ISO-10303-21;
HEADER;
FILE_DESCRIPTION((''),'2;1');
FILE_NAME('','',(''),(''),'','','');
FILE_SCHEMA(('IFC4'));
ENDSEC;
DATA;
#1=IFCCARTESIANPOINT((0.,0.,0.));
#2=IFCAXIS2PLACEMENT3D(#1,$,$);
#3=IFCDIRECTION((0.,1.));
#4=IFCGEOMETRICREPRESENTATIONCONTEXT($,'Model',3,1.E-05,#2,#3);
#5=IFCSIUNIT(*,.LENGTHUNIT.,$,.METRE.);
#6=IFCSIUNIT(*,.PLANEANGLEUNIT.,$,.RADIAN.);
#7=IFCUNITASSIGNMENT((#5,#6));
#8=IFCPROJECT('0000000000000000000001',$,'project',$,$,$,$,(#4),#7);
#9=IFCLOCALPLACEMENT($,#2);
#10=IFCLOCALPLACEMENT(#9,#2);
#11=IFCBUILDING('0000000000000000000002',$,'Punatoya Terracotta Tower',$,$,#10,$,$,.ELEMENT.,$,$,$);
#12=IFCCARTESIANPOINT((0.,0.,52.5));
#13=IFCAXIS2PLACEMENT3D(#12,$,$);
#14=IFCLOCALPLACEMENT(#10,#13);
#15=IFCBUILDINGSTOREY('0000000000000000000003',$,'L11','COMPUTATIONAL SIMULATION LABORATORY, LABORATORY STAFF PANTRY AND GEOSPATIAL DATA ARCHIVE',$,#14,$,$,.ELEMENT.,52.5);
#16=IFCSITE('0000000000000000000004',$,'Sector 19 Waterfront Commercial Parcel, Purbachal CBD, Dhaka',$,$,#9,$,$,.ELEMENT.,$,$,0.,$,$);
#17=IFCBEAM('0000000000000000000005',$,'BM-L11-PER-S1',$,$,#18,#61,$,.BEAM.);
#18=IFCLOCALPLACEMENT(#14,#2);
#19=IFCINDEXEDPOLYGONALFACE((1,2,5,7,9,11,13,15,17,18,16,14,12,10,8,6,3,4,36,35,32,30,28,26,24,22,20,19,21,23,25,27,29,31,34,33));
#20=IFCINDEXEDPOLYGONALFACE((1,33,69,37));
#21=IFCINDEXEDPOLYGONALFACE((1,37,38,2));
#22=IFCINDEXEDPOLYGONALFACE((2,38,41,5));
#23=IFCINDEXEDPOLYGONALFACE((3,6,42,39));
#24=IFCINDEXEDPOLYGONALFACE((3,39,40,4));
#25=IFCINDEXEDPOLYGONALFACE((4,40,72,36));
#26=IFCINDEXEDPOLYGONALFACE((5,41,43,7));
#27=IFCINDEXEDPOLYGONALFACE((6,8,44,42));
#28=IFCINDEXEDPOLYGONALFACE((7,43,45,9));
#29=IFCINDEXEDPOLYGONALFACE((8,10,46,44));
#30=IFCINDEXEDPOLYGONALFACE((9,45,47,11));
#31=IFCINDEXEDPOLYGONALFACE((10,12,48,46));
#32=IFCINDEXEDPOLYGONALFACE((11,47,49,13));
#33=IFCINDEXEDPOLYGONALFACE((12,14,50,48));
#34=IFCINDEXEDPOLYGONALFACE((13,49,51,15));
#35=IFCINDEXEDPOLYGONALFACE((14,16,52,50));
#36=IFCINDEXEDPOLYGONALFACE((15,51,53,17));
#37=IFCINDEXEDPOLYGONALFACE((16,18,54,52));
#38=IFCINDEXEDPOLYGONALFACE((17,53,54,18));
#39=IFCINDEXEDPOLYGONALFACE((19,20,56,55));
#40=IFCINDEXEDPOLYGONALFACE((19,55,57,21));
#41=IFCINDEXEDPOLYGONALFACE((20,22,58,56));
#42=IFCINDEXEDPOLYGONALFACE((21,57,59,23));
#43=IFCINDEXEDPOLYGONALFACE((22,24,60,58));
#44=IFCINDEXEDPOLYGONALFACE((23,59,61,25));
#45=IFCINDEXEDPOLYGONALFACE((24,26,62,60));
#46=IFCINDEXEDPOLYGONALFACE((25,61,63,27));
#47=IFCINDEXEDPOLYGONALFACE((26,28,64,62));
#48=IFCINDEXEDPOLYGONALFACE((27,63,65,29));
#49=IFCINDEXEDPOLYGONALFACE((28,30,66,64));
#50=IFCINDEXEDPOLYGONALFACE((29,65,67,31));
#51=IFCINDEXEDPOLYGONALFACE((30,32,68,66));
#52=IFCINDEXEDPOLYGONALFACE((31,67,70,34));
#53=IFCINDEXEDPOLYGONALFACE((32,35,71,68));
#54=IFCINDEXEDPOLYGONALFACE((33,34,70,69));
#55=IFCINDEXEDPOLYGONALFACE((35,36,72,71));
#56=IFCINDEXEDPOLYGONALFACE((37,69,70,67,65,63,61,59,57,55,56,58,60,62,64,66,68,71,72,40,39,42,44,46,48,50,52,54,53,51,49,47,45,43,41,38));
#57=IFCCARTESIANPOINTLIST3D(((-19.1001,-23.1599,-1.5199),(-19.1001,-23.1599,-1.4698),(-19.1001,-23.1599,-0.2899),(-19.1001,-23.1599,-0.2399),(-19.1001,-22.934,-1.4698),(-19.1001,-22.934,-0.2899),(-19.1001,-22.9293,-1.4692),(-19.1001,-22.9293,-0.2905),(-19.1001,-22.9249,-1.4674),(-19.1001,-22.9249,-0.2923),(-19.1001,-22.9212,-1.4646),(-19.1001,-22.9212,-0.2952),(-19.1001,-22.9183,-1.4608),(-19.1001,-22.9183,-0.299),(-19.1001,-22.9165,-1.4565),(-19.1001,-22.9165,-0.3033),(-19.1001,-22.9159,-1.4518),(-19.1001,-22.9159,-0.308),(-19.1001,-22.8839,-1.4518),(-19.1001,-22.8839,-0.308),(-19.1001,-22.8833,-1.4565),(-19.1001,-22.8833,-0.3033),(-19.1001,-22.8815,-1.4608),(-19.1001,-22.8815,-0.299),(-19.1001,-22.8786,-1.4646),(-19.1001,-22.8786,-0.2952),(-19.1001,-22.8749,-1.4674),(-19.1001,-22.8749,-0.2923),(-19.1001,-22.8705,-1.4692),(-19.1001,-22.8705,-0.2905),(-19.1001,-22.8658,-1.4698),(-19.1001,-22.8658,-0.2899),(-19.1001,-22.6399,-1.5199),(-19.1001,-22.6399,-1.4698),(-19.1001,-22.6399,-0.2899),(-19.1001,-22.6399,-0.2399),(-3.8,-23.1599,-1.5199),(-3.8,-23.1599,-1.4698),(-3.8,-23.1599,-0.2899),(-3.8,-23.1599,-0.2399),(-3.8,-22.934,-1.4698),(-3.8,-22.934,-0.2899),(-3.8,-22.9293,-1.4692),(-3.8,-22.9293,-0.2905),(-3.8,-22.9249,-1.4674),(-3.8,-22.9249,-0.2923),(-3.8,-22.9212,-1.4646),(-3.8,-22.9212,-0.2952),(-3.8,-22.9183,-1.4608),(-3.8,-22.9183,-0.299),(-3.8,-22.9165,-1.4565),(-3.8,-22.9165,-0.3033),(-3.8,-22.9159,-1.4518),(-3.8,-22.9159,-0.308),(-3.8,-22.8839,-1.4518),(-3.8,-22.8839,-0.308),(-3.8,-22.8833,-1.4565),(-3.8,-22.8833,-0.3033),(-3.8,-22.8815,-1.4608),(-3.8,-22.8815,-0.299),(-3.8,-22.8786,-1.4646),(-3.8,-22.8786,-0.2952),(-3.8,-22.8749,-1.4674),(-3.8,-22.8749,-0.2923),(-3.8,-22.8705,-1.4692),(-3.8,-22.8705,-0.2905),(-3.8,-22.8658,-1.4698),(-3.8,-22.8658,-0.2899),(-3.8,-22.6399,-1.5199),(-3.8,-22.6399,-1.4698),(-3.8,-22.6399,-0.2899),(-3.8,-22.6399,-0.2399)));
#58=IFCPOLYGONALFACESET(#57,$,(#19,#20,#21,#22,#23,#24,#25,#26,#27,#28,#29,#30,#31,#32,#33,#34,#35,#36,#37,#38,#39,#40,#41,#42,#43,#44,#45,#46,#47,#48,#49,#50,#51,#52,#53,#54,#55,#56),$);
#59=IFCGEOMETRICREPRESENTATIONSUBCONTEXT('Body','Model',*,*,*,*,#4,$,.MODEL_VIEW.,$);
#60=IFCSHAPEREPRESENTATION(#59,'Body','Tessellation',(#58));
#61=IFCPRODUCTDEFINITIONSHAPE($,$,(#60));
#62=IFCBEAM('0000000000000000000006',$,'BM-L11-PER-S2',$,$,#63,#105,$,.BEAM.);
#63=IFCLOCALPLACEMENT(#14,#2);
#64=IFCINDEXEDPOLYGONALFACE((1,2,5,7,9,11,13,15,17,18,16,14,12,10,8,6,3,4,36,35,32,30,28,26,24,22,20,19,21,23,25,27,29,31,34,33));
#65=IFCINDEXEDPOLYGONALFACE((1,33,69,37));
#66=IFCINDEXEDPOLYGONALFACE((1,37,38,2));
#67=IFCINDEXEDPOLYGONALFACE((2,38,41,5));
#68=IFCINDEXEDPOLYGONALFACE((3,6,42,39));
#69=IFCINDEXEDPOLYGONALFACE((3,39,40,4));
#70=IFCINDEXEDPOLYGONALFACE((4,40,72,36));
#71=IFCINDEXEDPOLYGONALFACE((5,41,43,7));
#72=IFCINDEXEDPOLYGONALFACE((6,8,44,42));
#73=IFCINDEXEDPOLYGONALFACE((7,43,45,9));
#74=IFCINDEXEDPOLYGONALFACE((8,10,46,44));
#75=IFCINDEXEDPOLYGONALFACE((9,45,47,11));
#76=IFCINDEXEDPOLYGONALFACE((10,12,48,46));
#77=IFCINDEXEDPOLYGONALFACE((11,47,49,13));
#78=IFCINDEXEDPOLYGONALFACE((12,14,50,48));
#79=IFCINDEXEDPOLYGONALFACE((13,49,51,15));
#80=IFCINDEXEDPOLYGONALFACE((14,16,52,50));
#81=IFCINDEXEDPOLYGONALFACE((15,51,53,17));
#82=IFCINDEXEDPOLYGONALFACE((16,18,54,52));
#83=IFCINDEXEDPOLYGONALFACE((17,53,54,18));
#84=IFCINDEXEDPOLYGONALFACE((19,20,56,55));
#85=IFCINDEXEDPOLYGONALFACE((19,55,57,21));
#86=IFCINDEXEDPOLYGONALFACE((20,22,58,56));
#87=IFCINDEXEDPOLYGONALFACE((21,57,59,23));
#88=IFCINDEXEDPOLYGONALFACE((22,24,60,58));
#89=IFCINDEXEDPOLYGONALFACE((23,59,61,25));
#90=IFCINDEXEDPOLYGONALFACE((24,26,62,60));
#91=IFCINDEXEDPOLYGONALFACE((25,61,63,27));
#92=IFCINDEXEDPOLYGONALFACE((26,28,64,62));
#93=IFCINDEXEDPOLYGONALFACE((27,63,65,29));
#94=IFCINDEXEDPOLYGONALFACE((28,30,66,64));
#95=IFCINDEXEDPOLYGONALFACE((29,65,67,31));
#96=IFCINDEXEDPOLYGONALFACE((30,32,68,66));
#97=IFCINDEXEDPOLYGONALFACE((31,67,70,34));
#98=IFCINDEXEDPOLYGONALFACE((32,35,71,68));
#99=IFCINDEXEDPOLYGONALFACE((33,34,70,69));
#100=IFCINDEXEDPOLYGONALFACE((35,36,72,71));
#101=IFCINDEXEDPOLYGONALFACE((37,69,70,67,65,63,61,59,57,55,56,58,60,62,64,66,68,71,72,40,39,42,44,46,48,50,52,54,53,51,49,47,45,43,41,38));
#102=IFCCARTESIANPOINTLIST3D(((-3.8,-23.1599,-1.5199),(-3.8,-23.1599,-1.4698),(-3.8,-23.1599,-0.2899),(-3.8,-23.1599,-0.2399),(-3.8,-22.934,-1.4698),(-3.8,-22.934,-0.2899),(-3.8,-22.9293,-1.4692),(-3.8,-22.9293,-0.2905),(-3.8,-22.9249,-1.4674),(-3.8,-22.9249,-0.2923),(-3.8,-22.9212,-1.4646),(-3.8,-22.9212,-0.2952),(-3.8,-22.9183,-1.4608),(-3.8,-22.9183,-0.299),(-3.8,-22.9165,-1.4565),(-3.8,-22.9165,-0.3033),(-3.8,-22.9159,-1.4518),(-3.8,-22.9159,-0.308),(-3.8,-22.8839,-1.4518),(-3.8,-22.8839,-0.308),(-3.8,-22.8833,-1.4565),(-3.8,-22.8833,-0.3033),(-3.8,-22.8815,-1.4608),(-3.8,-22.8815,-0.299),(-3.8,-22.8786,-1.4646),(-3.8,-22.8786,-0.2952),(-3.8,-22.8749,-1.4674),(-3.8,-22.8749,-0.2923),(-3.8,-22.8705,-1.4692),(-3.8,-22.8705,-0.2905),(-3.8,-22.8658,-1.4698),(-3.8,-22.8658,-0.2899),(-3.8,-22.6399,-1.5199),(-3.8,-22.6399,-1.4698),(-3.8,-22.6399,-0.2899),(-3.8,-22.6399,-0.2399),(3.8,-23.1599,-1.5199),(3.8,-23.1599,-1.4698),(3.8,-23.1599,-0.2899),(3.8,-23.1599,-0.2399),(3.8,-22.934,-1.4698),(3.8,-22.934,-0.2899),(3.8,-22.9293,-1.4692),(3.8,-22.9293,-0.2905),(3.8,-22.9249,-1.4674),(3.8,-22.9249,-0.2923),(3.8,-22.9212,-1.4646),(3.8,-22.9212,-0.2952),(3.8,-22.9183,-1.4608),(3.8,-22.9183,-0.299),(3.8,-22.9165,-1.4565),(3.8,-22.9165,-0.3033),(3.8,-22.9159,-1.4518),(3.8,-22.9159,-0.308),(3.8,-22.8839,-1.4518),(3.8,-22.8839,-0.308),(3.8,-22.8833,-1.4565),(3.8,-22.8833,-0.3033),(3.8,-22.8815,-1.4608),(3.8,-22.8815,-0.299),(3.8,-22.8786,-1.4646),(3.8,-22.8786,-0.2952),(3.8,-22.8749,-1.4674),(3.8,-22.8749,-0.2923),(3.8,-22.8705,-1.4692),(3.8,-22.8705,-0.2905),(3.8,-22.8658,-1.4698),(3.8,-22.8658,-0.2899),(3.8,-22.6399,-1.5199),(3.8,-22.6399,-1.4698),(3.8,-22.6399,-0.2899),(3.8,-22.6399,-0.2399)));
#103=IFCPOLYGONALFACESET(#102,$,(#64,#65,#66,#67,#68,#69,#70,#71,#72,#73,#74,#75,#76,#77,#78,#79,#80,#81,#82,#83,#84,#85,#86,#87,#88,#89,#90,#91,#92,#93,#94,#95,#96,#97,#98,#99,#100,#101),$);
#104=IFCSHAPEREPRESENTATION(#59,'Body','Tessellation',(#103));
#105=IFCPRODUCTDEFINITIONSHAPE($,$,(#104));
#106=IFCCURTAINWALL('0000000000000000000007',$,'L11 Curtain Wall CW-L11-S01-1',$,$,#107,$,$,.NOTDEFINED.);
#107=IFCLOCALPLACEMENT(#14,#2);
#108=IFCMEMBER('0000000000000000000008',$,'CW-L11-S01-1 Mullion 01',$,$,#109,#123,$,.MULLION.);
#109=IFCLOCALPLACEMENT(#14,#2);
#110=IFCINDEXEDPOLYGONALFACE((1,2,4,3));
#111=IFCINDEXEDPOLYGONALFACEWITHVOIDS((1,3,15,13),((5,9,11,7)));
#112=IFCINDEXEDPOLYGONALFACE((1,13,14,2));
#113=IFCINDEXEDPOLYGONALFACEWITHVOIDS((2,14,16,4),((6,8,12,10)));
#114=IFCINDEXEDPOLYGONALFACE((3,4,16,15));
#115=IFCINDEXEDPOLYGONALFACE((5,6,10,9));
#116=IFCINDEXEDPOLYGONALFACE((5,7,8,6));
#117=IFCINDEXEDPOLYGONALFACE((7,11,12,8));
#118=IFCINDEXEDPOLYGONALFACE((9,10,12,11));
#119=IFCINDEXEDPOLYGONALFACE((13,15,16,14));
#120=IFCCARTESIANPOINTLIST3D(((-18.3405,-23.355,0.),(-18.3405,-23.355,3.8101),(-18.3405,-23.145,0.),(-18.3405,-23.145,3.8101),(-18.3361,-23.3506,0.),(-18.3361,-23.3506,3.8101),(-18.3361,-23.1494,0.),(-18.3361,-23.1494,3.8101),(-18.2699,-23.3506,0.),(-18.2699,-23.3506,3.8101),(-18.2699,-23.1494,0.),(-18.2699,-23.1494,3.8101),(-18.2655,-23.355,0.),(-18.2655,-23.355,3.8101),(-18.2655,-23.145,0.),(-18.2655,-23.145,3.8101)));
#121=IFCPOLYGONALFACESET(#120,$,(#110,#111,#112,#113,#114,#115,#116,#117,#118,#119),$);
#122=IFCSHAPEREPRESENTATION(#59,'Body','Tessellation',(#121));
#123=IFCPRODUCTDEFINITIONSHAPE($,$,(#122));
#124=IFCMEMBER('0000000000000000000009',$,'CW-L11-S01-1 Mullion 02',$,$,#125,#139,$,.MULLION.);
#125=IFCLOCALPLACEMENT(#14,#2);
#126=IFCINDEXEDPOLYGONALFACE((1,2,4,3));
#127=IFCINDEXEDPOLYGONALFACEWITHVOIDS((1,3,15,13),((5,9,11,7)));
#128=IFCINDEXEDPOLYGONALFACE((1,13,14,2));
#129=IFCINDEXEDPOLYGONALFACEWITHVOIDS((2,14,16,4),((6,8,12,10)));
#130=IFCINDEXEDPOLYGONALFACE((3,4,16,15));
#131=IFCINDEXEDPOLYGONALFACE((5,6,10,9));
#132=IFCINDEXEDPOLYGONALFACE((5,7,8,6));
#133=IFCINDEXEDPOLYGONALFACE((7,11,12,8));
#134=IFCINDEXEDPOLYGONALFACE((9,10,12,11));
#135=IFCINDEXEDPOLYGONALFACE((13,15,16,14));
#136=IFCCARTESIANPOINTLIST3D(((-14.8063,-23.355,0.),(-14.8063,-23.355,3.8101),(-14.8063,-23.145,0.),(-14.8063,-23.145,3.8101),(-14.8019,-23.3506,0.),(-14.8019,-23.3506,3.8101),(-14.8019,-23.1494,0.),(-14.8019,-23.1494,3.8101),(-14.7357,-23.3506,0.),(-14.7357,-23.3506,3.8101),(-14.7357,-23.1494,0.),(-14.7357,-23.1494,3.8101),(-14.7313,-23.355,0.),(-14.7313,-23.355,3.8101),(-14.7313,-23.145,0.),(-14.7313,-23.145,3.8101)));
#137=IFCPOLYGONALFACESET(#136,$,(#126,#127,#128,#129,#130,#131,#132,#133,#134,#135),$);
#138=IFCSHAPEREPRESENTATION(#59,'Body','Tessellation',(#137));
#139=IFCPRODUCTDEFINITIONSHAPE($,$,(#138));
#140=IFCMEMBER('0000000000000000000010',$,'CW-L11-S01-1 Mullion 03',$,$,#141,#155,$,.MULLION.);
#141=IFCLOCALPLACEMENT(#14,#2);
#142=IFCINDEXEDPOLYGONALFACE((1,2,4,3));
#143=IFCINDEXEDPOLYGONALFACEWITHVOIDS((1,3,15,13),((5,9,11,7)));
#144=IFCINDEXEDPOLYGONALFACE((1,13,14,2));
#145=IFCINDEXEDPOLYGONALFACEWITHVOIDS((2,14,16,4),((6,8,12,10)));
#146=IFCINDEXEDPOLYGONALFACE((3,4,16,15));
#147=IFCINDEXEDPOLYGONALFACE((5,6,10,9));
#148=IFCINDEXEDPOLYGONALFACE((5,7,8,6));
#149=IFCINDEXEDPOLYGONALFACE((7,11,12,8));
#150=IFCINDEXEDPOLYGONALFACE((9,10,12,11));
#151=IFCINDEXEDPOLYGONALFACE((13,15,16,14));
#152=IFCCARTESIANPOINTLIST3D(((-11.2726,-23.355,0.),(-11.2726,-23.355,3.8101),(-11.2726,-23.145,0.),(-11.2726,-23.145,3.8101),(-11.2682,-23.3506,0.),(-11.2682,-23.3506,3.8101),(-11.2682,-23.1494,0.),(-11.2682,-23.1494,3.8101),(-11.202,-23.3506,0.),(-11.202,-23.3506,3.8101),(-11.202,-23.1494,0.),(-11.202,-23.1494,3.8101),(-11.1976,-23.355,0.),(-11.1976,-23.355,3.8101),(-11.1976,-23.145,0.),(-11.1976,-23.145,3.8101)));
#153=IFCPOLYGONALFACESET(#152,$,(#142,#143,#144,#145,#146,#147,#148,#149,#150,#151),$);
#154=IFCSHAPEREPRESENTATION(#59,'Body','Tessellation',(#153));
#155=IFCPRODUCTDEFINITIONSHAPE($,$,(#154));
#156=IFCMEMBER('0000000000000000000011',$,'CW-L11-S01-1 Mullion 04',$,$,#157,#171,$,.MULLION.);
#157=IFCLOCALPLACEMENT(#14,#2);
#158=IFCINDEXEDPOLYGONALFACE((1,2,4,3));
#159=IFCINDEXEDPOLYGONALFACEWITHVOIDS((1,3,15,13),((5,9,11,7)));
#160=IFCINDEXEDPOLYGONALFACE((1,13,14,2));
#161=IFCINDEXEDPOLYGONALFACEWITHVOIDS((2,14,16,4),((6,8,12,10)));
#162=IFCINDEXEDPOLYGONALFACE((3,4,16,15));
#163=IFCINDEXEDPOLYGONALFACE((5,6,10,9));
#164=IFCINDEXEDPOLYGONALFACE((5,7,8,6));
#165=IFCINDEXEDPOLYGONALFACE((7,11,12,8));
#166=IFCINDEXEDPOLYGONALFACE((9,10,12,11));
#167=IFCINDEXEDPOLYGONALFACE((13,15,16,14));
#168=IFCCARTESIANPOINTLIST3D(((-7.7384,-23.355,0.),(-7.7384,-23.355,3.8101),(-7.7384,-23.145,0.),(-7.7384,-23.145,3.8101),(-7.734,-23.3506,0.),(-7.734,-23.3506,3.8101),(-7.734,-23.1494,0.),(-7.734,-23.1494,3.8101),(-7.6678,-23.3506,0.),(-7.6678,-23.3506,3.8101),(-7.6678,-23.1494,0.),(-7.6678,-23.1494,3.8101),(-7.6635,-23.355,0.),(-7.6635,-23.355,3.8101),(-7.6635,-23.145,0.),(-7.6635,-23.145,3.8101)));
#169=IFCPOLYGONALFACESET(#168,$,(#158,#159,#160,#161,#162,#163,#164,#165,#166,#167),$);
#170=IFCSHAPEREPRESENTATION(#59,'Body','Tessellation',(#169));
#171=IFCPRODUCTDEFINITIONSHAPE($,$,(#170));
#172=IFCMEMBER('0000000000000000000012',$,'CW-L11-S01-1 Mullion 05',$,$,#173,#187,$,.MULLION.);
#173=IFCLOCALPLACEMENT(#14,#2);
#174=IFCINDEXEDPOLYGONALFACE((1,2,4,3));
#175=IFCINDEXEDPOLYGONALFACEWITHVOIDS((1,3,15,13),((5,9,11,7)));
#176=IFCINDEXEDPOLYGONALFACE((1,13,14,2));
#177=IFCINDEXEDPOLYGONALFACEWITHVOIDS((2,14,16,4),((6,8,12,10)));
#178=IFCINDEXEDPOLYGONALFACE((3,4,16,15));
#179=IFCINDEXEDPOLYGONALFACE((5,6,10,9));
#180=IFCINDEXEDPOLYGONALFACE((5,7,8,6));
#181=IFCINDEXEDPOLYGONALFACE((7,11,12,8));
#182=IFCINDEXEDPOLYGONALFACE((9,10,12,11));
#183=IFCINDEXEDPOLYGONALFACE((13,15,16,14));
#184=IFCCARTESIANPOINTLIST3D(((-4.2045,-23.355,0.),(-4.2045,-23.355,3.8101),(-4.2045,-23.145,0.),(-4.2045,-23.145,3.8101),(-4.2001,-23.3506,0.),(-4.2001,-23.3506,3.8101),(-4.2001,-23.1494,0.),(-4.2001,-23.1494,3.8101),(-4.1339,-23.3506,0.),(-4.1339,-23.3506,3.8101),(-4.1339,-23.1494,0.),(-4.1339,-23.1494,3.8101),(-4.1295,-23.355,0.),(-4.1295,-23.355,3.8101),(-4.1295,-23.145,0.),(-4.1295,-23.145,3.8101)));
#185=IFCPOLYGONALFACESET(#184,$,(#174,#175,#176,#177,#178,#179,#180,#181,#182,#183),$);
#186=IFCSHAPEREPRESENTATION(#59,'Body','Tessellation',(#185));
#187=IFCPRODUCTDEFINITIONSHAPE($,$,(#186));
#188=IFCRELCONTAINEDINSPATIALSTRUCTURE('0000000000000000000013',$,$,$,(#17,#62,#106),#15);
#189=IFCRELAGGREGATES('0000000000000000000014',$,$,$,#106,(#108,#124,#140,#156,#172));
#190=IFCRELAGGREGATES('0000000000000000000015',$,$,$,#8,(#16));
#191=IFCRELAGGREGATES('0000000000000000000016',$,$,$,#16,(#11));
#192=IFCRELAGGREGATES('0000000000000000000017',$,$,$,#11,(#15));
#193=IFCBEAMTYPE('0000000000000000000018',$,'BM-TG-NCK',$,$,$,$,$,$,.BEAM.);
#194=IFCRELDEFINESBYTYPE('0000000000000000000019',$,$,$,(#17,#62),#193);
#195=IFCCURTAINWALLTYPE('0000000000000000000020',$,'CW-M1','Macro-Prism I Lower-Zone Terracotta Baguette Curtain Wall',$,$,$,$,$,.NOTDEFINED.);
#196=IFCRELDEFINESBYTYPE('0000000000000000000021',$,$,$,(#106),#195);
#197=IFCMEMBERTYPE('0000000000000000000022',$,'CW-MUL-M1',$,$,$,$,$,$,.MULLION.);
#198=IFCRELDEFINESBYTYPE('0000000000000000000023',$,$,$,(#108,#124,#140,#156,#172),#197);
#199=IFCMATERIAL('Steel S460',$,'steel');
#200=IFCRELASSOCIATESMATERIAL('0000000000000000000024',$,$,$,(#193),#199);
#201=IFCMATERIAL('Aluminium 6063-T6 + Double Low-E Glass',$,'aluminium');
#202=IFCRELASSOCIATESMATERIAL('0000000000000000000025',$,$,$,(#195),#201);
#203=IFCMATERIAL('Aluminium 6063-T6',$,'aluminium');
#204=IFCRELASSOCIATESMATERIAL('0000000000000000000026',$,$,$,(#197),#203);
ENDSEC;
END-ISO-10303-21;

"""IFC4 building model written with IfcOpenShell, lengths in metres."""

from ifc_helpers import new_model, si_unit, direction, frame, origin, origin_2d, place, context, subcontext, project, spatial, hollow_rectangle, i_section, extrude, material, material_profile, profile_set, type_object, element, aggregate, save


model = new_model("IFC4")

# Units and contexts
model_context = context("Model", 3, precision=1e-05, world=origin(), true_north=direction((0.0, 1.0)))
body_context = subcontext(model_context, "Body", "Model", "MODEL_VIEW")
ifc_project = project(units=[si_unit("LENGTHUNIT", "METRE"), si_unit("PLANEANGLEUNIT", "RADIAN")], contexts=[model_context])

# Site, building, storey
site_placement = place(None, origin())
site = spatial("IfcSite", under=ifc_project, at=site_placement, Name="Sector 19 Waterfront Commercial Parcel, Purbachal CBD, Dhaka", CompositionType="ELEMENT", RefElevation=0.0)
building_placement = place(site_placement, origin())
building = spatial("IfcBuilding", under=site, at=building_placement, Name="Punatoya Terracotta Tower", CompositionType="ELEMENT")
storey_placement = place(building_placement, frame((0.0, 0.0, 52.5)))
storey = spatial("IfcBuildingStorey", under=building, at=storey_placement, Name="L11", Description="COMPUTATIONAL SIMULATION LABORATORY, LABORATORY STAFF PANTRY AND GEOSPATIAL DATA ARCHIVE", CompositionType="ELEMENT", Elevation=52.5)

# Shared definitions
ifc_material_1 = material(Name="Steel S460", Category="steel")

# Beams
ifc_material_profile_1 = material_profile(ifc_material_1, i_section(OverallWidth=0.52, OverallDepth=1.28, WebThickness=0.032, FlangeThickness=0.05, FilletRadius=0.0181, at=origin_2d()))
ifc_profile_set_1 = profile_set([ifc_material_profile_1], Name="Steel S460")
beam_type_1 = type_object("IfcBeamType", Name="BM-TG-NCK", PredefinedType="BEAM", material=ifc_profile_set_1)
beam_1_placement = place(storey_placement, frame((-19.1001, -22.8999, -0.8799), z_axis=(1.0, 0.0, 0.0), x_axis=(0.0, 1.0, 0.0)))
element("IfcBeam", 1, at=beam_1_placement, inside=storey, type_object=beam_type_1, Name="BM-L11-PER-S1", PredefinedType="BEAM", context=body_context, shape_type="SweptSolid", body=[
    extrude(i_section(OverallWidth=0.52, OverallDepth=1.28, WebThickness=0.032, FlangeThickness=0.05, FilletRadius=0.0181, at=origin_2d()), origin(), (0.0, 0.0, 1.0), 15.3),
])
beam_2_placement = place(storey_placement, frame((-3.8, -22.8999, -0.8799), z_axis=(1.0, 0.0, 0.0), x_axis=(0.0, 1.0, 0.0)))
element("IfcBeam", 2, at=beam_2_placement, inside=storey, type_object=beam_type_1, Name="BM-L11-PER-S2", PredefinedType="BEAM", context=body_context, shape_type="SweptSolid", body=[
    extrude(i_section(OverallWidth=0.52, OverallDepth=1.28, WebThickness=0.032, FlangeThickness=0.05, FilletRadius=0.0181, at=origin_2d()), origin(), (0.0, 0.0, 1.0), 7.6001),
])

# Curtain wall, members
ifc_material_2 = material(Name="Aluminium 6063-T6 + Double Low-E Glass", Category="aluminium")
curtain_wall_type = type_object("IfcCurtainWallType", Name="CW-M1", Description="Macro-Prism I Lower-Zone Terracotta Baguette Curtain Wall", PredefinedType="NOTDEFINED", material=ifc_material_2)
curtain_wall_placement = place(storey_placement, origin())
curtain_wall = element("IfcCurtainWall", 3, at=curtain_wall_placement, inside=storey, type_object=curtain_wall_type, Name="L11 Curtain Wall CW-L11-S01-1", PredefinedType="NOTDEFINED")
ifc_material_3 = material(Name="Aluminium 6063-T6", Category="aluminium")
ifc_material_profile_2 = material_profile(ifc_material_3, hollow_rectangle(XDim=0.075, YDim=0.21, WallThickness=0.0044, at=origin_2d()))
ifc_profile_set_2 = profile_set([ifc_material_profile_2], Name="Aluminium 6063-T6")
member_type = type_object("IfcMemberType", Name="CW-MUL-M1", PredefinedType="MULLION", material=ifc_profile_set_2)
member_1_placement = place(storey_placement, frame((-18.303, -23.25, 0.0), z_axis=(0.0, 0.0, 1.0), x_axis=(1.0, 0.0, 0.0)))
member_1 = element("IfcMember", 4, at=member_1_placement, type_object=member_type, Name="CW-L11-S01-1 Mullion 01", PredefinedType="MULLION", context=body_context, shape_type="SweptSolid", body=[
    extrude(hollow_rectangle(XDim=0.075, YDim=0.21, WallThickness=0.0044, at=origin_2d()), origin(), (0.0, 0.0, 1.0), 3.8101),
])
member_2_placement = place(storey_placement, frame((-14.7688, -23.25, 0.0), z_axis=(0.0, 0.0, 1.0), x_axis=(1.0, 0.0, 0.0)))
member_2 = element("IfcMember", 5, at=member_2_placement, type_object=member_type, Name="CW-L11-S01-1 Mullion 02", PredefinedType="MULLION", context=body_context, shape_type="SweptSolid", body=[
    extrude(hollow_rectangle(XDim=0.075, YDim=0.21, WallThickness=0.0044, at=origin_2d()), origin(), (0.0, 0.0, 1.0), 3.8101),
])
member_3_placement = place(storey_placement, frame((-11.2351, -23.25, 0.0), z_axis=(0.0, 0.0, 1.0), x_axis=(1.0, 0.0, 0.0)))
member_3 = element("IfcMember", 6, at=member_3_placement, type_object=member_type, Name="CW-L11-S01-1 Mullion 03", PredefinedType="MULLION", context=body_context, shape_type="SweptSolid", body=[
    extrude(hollow_rectangle(XDim=0.075, YDim=0.21, WallThickness=0.0044, at=origin_2d()), origin(), (0.0, 0.0, 1.0), 3.8101),
])
member_4_placement = place(storey_placement, frame((-7.7009, -23.25, 0.0), z_axis=(0.0, 0.0, 1.0), x_axis=(1.0, 0.0, 0.0)))
member_4 = element("IfcMember", 7, at=member_4_placement, type_object=member_type, Name="CW-L11-S01-1 Mullion 04", PredefinedType="MULLION", context=body_context, shape_type="SweptSolid", body=[
    extrude(hollow_rectangle(XDim=0.075, YDim=0.21, WallThickness=0.0044, at=origin_2d()), origin(), (0.0, 0.0, 1.0), 3.8101),
])
member_5_placement = place(storey_placement, frame((-4.167, -23.25, 0.0), z_axis=(0.0, 0.0, 1.0), x_axis=(1.0, 0.0, 0.0)))
member_5 = element("IfcMember", 8, at=member_5_placement, type_object=member_type, Name="CW-L11-S01-1 Mullion 05", PredefinedType="MULLION", context=body_context, shape_type="SweptSolid", body=[
    extrude(hollow_rectangle(XDim=0.075, YDim=0.21, WallThickness=0.0044, at=origin_2d()), origin(), (0.0, 0.0, 1.0), 3.8101),
])
aggregate(curtain_wall, [member_1, member_2, member_3, member_4, member_5])

save(model, "model.ifc")
